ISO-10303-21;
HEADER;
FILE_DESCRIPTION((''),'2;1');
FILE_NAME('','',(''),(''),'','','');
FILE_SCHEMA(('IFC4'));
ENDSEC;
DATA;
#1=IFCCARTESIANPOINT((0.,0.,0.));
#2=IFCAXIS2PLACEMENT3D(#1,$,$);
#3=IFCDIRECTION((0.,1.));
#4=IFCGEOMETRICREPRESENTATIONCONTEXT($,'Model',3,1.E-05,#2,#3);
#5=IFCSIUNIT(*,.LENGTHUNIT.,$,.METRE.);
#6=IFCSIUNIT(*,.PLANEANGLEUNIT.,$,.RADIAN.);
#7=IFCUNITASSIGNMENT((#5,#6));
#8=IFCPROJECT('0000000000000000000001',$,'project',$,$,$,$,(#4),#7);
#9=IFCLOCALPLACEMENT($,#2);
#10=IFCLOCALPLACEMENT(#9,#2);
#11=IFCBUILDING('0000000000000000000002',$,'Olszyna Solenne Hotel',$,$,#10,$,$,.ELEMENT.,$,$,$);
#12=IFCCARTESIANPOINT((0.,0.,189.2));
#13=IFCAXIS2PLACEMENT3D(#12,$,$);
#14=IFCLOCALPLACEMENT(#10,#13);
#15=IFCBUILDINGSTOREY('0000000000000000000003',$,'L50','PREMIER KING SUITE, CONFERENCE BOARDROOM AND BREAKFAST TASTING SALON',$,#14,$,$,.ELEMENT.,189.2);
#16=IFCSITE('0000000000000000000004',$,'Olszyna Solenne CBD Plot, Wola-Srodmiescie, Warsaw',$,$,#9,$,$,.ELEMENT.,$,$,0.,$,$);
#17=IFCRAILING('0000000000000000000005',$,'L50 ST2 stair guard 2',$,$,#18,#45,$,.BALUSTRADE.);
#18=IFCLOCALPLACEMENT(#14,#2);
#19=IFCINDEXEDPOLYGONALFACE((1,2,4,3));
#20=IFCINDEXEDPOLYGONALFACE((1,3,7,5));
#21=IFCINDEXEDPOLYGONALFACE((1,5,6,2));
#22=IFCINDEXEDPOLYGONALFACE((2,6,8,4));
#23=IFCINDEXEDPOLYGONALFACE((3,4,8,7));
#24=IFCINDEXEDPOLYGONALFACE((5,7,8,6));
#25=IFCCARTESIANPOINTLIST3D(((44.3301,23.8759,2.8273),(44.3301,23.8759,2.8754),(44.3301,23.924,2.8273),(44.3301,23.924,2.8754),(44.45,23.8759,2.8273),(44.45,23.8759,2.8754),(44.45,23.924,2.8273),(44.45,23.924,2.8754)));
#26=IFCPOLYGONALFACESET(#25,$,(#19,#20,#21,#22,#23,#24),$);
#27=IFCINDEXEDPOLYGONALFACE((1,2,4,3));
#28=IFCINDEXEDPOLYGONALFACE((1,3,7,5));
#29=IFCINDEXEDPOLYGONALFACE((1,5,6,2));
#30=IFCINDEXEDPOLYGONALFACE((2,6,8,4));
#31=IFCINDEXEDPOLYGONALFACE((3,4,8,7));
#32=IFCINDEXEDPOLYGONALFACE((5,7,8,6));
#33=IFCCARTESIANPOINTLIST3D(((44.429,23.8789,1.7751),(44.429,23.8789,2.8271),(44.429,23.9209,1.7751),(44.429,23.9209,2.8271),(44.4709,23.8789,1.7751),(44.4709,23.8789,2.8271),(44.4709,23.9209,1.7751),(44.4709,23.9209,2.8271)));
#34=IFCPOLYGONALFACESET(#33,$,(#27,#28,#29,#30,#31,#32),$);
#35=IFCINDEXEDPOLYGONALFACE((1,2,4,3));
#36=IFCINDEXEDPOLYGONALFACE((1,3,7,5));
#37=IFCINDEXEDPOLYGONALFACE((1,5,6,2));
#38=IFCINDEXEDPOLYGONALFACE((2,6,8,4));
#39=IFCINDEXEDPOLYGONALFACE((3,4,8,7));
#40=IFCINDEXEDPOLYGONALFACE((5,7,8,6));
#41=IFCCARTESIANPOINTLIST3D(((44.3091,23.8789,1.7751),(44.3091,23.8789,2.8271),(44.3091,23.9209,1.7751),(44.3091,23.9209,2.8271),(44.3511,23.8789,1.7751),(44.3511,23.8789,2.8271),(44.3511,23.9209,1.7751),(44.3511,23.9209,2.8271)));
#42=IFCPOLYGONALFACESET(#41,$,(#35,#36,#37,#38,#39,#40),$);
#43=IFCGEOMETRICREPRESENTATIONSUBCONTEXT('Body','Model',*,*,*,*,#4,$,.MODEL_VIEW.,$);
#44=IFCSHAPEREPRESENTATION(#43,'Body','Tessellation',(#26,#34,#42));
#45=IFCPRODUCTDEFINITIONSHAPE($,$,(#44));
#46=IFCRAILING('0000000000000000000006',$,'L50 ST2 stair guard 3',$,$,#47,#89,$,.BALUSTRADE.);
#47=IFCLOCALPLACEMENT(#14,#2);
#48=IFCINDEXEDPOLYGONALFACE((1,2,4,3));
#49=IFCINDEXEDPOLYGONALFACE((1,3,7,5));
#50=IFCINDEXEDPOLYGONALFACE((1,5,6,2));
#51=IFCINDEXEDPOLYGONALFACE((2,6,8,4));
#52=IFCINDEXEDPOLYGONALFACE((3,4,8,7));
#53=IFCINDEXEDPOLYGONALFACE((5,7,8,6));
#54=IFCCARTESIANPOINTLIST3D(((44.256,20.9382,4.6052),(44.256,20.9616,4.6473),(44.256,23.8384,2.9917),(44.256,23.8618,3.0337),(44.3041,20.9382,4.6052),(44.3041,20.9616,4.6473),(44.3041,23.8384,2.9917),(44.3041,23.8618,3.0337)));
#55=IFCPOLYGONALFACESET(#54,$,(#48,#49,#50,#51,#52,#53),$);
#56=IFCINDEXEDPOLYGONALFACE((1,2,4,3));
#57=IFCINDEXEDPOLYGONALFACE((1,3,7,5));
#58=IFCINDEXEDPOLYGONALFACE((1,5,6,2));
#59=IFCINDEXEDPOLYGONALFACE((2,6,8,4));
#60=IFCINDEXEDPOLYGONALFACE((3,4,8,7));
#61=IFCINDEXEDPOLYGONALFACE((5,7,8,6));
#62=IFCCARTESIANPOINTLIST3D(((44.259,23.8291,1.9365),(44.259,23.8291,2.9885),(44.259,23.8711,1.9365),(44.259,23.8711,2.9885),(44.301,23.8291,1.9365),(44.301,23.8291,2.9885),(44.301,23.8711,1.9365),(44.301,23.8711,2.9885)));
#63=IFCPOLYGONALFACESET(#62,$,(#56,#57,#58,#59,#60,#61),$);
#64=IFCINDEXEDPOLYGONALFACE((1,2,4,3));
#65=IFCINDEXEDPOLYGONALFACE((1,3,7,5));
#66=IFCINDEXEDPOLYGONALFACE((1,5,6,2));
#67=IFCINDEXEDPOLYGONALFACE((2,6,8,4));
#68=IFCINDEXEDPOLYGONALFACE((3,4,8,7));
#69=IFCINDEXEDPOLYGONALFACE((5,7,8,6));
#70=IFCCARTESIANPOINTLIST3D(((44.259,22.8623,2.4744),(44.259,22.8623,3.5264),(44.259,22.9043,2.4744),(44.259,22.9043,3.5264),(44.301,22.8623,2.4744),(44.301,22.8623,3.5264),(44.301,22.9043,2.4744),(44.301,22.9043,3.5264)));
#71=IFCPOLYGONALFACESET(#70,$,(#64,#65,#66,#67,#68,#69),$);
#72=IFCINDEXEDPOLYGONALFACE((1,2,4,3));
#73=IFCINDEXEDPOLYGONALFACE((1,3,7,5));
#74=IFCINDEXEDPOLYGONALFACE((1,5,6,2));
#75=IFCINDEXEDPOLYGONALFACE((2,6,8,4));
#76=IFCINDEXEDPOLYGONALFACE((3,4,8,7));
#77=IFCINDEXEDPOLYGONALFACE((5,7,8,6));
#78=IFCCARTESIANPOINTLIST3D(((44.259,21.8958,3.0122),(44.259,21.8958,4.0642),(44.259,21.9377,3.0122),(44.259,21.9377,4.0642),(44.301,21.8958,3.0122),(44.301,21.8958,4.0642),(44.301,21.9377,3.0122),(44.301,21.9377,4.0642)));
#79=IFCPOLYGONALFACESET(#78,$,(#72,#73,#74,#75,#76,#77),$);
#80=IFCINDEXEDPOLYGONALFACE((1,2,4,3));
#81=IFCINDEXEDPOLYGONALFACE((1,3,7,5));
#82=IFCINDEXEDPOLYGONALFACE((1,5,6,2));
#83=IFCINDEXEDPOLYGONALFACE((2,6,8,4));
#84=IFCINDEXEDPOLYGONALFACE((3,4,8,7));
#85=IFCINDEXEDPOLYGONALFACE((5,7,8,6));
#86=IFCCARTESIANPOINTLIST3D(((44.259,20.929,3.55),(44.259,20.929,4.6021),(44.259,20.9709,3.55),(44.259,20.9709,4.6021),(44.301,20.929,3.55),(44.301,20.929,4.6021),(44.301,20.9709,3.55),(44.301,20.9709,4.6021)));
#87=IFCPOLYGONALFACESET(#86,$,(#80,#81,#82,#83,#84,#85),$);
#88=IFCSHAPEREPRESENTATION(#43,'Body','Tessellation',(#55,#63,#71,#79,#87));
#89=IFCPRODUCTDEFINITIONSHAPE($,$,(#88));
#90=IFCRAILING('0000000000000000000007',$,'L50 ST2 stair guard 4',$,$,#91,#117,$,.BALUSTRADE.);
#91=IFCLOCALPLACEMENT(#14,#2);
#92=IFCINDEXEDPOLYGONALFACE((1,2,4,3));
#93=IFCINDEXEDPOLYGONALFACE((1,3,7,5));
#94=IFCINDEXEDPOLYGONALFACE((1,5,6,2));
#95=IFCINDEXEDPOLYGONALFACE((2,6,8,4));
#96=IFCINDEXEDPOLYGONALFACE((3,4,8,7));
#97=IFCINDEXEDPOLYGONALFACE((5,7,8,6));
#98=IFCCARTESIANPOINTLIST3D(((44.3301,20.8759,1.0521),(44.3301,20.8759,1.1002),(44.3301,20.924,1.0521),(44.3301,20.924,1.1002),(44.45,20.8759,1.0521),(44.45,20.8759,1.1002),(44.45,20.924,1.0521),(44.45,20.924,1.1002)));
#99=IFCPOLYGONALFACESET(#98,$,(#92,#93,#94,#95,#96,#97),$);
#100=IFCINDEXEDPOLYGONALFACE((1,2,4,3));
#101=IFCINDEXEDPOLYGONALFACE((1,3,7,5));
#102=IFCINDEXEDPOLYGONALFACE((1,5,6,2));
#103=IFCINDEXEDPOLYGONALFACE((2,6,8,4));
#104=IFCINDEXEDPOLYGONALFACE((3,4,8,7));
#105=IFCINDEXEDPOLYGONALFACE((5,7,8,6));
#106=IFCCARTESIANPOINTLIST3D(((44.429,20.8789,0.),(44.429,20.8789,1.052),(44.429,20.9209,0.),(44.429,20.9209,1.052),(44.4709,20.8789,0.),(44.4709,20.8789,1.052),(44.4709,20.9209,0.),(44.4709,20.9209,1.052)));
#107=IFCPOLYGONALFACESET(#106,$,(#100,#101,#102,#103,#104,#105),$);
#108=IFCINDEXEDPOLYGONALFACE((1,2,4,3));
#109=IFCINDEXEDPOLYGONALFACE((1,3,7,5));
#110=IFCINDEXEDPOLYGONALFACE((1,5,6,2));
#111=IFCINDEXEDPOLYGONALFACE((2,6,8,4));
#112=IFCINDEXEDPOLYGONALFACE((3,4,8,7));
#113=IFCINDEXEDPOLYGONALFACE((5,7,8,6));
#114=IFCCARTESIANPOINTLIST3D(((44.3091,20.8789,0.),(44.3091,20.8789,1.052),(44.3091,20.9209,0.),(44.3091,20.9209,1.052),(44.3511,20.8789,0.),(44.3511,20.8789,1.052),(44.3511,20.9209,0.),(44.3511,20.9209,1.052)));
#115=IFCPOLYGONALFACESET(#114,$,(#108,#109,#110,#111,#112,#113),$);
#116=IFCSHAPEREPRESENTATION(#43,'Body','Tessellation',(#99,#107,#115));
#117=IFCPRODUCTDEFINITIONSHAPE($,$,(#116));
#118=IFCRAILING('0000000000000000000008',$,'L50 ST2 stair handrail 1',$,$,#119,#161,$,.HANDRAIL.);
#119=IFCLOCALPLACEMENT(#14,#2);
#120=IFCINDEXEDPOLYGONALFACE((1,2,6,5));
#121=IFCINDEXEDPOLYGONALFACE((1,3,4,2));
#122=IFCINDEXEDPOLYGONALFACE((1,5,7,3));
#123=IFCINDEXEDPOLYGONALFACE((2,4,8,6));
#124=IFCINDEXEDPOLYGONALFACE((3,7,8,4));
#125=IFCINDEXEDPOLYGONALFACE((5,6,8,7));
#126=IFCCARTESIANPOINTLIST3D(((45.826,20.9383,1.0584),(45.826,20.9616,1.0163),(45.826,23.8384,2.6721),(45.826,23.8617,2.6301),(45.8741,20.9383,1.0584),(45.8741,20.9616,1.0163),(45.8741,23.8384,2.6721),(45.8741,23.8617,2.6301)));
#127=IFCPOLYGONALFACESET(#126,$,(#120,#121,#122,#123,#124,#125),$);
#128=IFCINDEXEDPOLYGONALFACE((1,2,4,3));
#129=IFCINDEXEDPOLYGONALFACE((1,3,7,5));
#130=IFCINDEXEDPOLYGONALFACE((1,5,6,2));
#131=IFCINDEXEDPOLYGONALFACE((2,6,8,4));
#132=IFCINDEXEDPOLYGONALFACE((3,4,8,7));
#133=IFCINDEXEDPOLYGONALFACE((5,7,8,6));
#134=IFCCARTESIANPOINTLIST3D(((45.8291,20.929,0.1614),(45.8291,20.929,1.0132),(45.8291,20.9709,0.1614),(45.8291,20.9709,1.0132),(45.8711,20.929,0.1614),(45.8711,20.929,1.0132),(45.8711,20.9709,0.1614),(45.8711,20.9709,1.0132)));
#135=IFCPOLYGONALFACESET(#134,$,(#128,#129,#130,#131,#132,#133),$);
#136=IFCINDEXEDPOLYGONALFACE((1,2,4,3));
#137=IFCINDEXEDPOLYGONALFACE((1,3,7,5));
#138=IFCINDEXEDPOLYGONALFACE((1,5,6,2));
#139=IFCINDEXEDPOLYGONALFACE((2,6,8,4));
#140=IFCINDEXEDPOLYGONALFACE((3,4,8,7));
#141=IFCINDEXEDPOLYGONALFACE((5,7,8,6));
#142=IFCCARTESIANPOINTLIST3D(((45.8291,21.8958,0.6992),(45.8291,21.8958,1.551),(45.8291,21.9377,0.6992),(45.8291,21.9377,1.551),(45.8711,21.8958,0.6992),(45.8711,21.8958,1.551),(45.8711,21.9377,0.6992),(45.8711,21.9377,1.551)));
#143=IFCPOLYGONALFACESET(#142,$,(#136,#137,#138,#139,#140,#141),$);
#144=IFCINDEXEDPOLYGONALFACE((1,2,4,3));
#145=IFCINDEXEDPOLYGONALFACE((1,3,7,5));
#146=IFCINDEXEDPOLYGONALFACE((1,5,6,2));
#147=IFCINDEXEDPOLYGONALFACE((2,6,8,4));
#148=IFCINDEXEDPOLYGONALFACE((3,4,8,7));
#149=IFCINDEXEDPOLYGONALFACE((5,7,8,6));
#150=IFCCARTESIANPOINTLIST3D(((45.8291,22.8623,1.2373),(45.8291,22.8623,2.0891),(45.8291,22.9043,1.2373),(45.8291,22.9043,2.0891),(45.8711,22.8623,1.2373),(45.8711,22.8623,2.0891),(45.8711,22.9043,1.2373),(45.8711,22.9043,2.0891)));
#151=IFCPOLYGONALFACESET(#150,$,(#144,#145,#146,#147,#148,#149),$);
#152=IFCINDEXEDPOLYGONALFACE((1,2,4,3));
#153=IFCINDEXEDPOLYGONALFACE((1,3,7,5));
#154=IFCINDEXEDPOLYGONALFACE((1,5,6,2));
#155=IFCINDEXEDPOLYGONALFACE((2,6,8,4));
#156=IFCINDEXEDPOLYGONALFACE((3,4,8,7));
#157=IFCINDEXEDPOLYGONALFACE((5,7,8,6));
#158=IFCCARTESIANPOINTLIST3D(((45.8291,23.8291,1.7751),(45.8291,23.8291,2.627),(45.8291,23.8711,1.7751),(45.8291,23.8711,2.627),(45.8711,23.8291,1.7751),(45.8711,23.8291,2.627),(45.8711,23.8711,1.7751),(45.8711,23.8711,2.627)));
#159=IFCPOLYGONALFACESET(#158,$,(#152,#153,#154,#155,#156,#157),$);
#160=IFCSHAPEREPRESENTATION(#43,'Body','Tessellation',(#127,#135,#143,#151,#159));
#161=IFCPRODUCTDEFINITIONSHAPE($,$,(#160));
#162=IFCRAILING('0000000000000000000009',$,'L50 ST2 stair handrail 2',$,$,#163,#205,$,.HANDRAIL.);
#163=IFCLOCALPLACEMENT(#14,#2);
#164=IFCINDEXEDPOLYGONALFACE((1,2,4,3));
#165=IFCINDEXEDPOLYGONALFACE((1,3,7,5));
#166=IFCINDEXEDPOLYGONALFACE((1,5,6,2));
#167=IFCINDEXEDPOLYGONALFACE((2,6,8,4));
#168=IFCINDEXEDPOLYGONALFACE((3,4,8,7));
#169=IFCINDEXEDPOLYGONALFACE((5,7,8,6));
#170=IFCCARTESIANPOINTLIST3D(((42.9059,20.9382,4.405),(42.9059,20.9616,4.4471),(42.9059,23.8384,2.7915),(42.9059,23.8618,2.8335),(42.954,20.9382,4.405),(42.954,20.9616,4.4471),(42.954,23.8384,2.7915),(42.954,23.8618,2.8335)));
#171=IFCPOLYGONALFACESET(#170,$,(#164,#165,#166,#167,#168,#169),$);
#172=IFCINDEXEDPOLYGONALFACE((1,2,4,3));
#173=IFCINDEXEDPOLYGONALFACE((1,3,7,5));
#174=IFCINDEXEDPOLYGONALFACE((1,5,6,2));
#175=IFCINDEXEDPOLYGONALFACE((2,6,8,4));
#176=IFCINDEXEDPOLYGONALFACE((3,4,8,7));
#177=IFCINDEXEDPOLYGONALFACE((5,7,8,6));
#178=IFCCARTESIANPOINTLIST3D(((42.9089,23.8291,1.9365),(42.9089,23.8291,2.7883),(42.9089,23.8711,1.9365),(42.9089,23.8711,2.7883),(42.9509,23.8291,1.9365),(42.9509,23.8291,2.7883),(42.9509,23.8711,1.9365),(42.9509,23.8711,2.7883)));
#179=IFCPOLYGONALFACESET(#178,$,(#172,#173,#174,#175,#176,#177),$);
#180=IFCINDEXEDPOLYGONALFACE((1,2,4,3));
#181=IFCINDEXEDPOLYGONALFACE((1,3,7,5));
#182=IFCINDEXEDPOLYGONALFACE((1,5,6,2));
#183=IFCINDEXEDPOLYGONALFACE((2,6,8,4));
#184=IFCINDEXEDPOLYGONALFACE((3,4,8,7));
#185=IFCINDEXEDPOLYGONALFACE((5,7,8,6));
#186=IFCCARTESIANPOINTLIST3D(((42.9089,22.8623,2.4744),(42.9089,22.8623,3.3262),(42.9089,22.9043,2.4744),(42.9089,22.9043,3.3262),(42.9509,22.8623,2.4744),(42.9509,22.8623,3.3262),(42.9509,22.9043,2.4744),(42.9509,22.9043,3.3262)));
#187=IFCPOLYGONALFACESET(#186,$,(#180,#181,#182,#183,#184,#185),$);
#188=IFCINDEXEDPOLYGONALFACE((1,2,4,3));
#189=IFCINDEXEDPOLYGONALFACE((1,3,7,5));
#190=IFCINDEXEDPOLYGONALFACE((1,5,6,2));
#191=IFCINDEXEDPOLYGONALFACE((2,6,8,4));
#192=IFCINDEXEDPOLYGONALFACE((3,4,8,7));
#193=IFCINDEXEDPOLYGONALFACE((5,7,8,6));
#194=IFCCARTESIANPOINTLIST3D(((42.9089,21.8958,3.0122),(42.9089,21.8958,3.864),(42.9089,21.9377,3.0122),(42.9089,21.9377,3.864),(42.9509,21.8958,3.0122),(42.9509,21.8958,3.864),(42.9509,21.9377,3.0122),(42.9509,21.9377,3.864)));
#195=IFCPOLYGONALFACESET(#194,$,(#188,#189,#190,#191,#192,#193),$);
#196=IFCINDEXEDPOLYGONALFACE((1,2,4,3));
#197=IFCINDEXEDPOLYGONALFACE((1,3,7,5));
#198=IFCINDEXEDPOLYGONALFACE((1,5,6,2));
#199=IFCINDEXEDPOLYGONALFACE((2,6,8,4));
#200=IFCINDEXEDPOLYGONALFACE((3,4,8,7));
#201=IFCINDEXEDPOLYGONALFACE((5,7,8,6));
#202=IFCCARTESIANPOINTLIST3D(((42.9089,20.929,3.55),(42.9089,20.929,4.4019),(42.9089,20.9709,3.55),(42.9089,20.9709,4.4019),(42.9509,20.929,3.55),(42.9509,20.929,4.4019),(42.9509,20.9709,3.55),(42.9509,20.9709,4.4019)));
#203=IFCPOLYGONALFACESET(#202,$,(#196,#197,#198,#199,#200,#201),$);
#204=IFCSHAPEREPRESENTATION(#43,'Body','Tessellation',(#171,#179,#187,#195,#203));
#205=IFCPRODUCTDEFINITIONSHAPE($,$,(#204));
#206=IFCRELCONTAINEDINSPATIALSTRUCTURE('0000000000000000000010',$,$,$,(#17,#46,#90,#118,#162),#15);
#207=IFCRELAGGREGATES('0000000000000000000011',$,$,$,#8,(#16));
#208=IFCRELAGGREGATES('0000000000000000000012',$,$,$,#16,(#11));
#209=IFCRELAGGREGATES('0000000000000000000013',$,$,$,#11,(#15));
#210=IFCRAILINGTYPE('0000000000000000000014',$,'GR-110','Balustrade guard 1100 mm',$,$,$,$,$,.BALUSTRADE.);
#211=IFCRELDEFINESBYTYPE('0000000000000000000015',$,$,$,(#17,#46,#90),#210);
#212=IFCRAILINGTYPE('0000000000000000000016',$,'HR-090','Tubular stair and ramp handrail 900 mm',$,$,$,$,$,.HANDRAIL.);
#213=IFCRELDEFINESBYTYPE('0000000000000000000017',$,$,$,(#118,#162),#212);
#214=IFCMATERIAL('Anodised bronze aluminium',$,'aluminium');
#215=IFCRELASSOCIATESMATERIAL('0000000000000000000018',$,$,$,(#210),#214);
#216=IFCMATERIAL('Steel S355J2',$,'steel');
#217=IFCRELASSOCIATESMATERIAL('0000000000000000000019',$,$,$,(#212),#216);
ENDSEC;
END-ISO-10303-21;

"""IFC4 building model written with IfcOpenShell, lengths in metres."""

from ifc_helpers import new_model, si_unit, direction, frame, origin, origin_2d, place, context, subcontext, project, spatial, rectangle, extrude, material, type_object, element, save


model = new_model("IFC4")

# Units and contexts
model_context = context("Model", 3, precision=1e-05, world=origin(), true_north=direction((0.0, 1.0)))
body_context = subcontext(model_context, "Body", "Model", "MODEL_VIEW")
ifc_project = project(units=[si_unit("LENGTHUNIT", "METRE"), si_unit("PLANEANGLEUNIT", "RADIAN")], contexts=[model_context])

# Site, building, storey
site_placement = place(None, origin())
site = spatial("IfcSite", under=ifc_project, at=site_placement, Name="Olszyna Solenne CBD Plot, Wola-Srodmiescie, Warsaw", CompositionType="ELEMENT", RefElevation=0.0)
building_placement = place(site_placement, origin())
building = spatial("IfcBuilding", under=site, at=building_placement, Name="Olszyna Solenne Hotel", CompositionType="ELEMENT")
storey_placement = place(building_placement, frame((0.0, 0.0, 189.2)))
storey = spatial("IfcBuildingStorey", under=building, at=storey_placement, Name="L50", Description="PREMIER KING SUITE, CONFERENCE BOARDROOM AND BREAKFAST TASTING SALON", CompositionType="ELEMENT", Elevation=189.2)

# Shared definitions
ifc_material_1 = material(Name="Steel S355J2", Category="steel")

# Shared definitions
ifc_material_2 = material(Name="Anodised bronze aluminium", Category="aluminium")

# Railings
railing_type_1 = type_object("IfcRailingType", Name="GR-110", Description="Balustrade guard 1100 mm", PredefinedType="BALUSTRADE", material=ifc_material_2)
railing_1_placement = place(storey_placement, frame((44.45, 23.8999, 1.7751)))
element("IfcRailing", 1, at=railing_1_placement, inside=storey, type_object=railing_type_1, Name="L50 ST2 stair guard 2", PredefinedType="BALUSTRADE", context=body_context, shape_type="SweptSolid", body=[
    extrude(rectangle(XDim=0.0481, YDim=0.0481, at=origin_2d()), frame((0.0, 0.0, 1.0762), z_axis=(-1.0, 0.0, 0.0), x_axis=(0.0, -1.0, 0.0)), (0.0, 0.0, 1.0), 0.1199),
    extrude(rectangle(XDim=0.042, YDim=0.042, at=origin_2d()), origin(), (0.0, 0.0, 1.0), 1.052),
    extrude(rectangle(XDim=0.042, YDim=0.042, at=origin_2d()), frame((-0.1199, 0.0, 0.0)), (0.0, 0.0, 1.0), 1.052),
])
railing_2_placement = place(storey_placement, frame((44.28, 23.8501, 1.9365)))
element("IfcRailing", 2, at=railing_2_placement, inside=storey, type_object=railing_type_1, Name="L50 ST2 stair guard 3", PredefinedType="BALUSTRADE", context=body_context, shape_type="SweptSolid", body=[
    extrude(rectangle(XDim=0.0481, YDim=0.0481, at=origin_2d()), frame((0.0, 0.0, 1.0762), z_axis=(0.0, -0.873859, 0.48618), x_axis=(1.0, 0.0, 0.0)), (0.0, 0.0, 1.0), 3.3188),
    extrude(rectangle(XDim=0.042, YDim=0.042, at=origin_2d()), origin(), (0.0, 0.0, 1.0), 1.052),
    extrude(rectangle(XDim=0.042, YDim=0.042, at=origin_2d()), frame((0.0, -0.9668, 0.5378)), (0.0, 0.0, 1.0), 1.052),
    extrude(rectangle(XDim=0.042, YDim=0.042, at=origin_2d()), frame((0.0, -1.9333, 1.0757)), (0.0, 0.0, 1.0), 1.052),
    extrude(rectangle(XDim=0.042, YDim=0.042, at=origin_2d()), frame((0.0, -2.9001, 1.6135)), (0.0, 0.0, 1.0), 1.052),
])
railing_3_placement = place(storey_placement, frame((44.45, 20.8999, 0.0)))
element("IfcRailing", 3, at=railing_3_placement, inside=storey, type_object=railing_type_1, Name="L50 ST2 stair guard 4", PredefinedType="BALUSTRADE", context=body_context, shape_type="SweptSolid", body=[
    extrude(rectangle(XDim=0.0481, YDim=0.0481, at=origin_2d()), frame((0.0, 0.0, 1.0762), z_axis=(-1.0, 0.0, 0.0), x_axis=(0.0, -1.0, 0.0)), (0.0, 0.0, 1.0), 0.1199),
    extrude(rectangle(XDim=0.042, YDim=0.042, at=origin_2d()), origin(), (0.0, 0.0, 1.0), 1.052),
    extrude(rectangle(XDim=0.042, YDim=0.042, at=origin_2d()), frame((-0.1199, 0.0, 0.0)), (0.0, 0.0, 1.0), 1.052),
])
railing_type_2 = type_object("IfcRailingType", Name="HR-090", Description="Tubular stair and ramp handrail 900 mm", PredefinedType="HANDRAIL", material=ifc_material_1)
railing_4_placement = place(storey_placement, frame((45.8501, 20.95, 0.1614)))
element("IfcRailing", 4, at=railing_4_placement, inside=storey, type_object=railing_type_2, Name="L50 ST2 stair handrail 1", PredefinedType="HANDRAIL", context=body_context, shape_type="SweptSolid", body=[
    extrude(rectangle(XDim=0.0481, YDim=0.0481, at=origin_2d()), frame((0.0, 0.0, 0.876), z_axis=(0.0, 0.873827, 0.486236), x_axis=(-1.0, 0.0, 0.0)), (0.0, 0.0, 1.0), 3.3188),
    extrude(rectangle(XDim=0.042, YDim=0.042, at=origin_2d()), origin(), (0.0, 0.0, 1.0), 0.8518),
    extrude(rectangle(XDim=0.042, YDim=0.042, at=origin_2d()), frame((0.0, 0.9668, 0.5378)), (0.0, 0.0, 1.0), 0.8518),
    extrude(rectangle(XDim=0.042, YDim=0.042, at=origin_2d()), frame((0.0, 1.9333, 1.0759)), (0.0, 0.0, 1.0), 0.8518),
    extrude(rectangle(XDim=0.042, YDim=0.042, at=origin_2d()), frame((0.0, 2.9001, 1.6138)), (0.0, 0.0, 1.0), 0.8518),
])
railing_5_placement = place(storey_placement, frame((42.9299, 23.8501, 1.9365)))
element("IfcRailing", 5, at=railing_5_placement, inside=storey, type_object=railing_type_2, Name="L50 ST2 stair handrail 2", PredefinedType="HANDRAIL", context=body_context, shape_type="SweptSolid", body=[
    extrude(rectangle(XDim=0.0481, YDim=0.0481, at=origin_2d()), frame((0.0, 0.0, 0.876), z_axis=(0.0, -0.873859, 0.48618), x_axis=(1.0, 0.0, 0.0)), (0.0, 0.0, 1.0), 3.3188),
    extrude(rectangle(XDim=0.042, YDim=0.042, at=origin_2d()), origin(), (0.0, 0.0, 1.0), 0.8518),
    extrude(rectangle(XDim=0.042, YDim=0.042, at=origin_2d()), frame((0.0, -0.9668, 0.5378)), (0.0, 0.0, 1.0), 0.8518),
    extrude(rectangle(XDim=0.042, YDim=0.042, at=origin_2d()), frame((0.0, -1.9333, 1.0757)), (0.0, 0.0, 1.0), 0.8518),
    extrude(rectangle(XDim=0.042, YDim=0.042, at=origin_2d()), frame((0.0, -2.9001, 1.6135)), (0.0, 0.0, 1.0), 0.8518),
])

save(model, "model.ifc")
